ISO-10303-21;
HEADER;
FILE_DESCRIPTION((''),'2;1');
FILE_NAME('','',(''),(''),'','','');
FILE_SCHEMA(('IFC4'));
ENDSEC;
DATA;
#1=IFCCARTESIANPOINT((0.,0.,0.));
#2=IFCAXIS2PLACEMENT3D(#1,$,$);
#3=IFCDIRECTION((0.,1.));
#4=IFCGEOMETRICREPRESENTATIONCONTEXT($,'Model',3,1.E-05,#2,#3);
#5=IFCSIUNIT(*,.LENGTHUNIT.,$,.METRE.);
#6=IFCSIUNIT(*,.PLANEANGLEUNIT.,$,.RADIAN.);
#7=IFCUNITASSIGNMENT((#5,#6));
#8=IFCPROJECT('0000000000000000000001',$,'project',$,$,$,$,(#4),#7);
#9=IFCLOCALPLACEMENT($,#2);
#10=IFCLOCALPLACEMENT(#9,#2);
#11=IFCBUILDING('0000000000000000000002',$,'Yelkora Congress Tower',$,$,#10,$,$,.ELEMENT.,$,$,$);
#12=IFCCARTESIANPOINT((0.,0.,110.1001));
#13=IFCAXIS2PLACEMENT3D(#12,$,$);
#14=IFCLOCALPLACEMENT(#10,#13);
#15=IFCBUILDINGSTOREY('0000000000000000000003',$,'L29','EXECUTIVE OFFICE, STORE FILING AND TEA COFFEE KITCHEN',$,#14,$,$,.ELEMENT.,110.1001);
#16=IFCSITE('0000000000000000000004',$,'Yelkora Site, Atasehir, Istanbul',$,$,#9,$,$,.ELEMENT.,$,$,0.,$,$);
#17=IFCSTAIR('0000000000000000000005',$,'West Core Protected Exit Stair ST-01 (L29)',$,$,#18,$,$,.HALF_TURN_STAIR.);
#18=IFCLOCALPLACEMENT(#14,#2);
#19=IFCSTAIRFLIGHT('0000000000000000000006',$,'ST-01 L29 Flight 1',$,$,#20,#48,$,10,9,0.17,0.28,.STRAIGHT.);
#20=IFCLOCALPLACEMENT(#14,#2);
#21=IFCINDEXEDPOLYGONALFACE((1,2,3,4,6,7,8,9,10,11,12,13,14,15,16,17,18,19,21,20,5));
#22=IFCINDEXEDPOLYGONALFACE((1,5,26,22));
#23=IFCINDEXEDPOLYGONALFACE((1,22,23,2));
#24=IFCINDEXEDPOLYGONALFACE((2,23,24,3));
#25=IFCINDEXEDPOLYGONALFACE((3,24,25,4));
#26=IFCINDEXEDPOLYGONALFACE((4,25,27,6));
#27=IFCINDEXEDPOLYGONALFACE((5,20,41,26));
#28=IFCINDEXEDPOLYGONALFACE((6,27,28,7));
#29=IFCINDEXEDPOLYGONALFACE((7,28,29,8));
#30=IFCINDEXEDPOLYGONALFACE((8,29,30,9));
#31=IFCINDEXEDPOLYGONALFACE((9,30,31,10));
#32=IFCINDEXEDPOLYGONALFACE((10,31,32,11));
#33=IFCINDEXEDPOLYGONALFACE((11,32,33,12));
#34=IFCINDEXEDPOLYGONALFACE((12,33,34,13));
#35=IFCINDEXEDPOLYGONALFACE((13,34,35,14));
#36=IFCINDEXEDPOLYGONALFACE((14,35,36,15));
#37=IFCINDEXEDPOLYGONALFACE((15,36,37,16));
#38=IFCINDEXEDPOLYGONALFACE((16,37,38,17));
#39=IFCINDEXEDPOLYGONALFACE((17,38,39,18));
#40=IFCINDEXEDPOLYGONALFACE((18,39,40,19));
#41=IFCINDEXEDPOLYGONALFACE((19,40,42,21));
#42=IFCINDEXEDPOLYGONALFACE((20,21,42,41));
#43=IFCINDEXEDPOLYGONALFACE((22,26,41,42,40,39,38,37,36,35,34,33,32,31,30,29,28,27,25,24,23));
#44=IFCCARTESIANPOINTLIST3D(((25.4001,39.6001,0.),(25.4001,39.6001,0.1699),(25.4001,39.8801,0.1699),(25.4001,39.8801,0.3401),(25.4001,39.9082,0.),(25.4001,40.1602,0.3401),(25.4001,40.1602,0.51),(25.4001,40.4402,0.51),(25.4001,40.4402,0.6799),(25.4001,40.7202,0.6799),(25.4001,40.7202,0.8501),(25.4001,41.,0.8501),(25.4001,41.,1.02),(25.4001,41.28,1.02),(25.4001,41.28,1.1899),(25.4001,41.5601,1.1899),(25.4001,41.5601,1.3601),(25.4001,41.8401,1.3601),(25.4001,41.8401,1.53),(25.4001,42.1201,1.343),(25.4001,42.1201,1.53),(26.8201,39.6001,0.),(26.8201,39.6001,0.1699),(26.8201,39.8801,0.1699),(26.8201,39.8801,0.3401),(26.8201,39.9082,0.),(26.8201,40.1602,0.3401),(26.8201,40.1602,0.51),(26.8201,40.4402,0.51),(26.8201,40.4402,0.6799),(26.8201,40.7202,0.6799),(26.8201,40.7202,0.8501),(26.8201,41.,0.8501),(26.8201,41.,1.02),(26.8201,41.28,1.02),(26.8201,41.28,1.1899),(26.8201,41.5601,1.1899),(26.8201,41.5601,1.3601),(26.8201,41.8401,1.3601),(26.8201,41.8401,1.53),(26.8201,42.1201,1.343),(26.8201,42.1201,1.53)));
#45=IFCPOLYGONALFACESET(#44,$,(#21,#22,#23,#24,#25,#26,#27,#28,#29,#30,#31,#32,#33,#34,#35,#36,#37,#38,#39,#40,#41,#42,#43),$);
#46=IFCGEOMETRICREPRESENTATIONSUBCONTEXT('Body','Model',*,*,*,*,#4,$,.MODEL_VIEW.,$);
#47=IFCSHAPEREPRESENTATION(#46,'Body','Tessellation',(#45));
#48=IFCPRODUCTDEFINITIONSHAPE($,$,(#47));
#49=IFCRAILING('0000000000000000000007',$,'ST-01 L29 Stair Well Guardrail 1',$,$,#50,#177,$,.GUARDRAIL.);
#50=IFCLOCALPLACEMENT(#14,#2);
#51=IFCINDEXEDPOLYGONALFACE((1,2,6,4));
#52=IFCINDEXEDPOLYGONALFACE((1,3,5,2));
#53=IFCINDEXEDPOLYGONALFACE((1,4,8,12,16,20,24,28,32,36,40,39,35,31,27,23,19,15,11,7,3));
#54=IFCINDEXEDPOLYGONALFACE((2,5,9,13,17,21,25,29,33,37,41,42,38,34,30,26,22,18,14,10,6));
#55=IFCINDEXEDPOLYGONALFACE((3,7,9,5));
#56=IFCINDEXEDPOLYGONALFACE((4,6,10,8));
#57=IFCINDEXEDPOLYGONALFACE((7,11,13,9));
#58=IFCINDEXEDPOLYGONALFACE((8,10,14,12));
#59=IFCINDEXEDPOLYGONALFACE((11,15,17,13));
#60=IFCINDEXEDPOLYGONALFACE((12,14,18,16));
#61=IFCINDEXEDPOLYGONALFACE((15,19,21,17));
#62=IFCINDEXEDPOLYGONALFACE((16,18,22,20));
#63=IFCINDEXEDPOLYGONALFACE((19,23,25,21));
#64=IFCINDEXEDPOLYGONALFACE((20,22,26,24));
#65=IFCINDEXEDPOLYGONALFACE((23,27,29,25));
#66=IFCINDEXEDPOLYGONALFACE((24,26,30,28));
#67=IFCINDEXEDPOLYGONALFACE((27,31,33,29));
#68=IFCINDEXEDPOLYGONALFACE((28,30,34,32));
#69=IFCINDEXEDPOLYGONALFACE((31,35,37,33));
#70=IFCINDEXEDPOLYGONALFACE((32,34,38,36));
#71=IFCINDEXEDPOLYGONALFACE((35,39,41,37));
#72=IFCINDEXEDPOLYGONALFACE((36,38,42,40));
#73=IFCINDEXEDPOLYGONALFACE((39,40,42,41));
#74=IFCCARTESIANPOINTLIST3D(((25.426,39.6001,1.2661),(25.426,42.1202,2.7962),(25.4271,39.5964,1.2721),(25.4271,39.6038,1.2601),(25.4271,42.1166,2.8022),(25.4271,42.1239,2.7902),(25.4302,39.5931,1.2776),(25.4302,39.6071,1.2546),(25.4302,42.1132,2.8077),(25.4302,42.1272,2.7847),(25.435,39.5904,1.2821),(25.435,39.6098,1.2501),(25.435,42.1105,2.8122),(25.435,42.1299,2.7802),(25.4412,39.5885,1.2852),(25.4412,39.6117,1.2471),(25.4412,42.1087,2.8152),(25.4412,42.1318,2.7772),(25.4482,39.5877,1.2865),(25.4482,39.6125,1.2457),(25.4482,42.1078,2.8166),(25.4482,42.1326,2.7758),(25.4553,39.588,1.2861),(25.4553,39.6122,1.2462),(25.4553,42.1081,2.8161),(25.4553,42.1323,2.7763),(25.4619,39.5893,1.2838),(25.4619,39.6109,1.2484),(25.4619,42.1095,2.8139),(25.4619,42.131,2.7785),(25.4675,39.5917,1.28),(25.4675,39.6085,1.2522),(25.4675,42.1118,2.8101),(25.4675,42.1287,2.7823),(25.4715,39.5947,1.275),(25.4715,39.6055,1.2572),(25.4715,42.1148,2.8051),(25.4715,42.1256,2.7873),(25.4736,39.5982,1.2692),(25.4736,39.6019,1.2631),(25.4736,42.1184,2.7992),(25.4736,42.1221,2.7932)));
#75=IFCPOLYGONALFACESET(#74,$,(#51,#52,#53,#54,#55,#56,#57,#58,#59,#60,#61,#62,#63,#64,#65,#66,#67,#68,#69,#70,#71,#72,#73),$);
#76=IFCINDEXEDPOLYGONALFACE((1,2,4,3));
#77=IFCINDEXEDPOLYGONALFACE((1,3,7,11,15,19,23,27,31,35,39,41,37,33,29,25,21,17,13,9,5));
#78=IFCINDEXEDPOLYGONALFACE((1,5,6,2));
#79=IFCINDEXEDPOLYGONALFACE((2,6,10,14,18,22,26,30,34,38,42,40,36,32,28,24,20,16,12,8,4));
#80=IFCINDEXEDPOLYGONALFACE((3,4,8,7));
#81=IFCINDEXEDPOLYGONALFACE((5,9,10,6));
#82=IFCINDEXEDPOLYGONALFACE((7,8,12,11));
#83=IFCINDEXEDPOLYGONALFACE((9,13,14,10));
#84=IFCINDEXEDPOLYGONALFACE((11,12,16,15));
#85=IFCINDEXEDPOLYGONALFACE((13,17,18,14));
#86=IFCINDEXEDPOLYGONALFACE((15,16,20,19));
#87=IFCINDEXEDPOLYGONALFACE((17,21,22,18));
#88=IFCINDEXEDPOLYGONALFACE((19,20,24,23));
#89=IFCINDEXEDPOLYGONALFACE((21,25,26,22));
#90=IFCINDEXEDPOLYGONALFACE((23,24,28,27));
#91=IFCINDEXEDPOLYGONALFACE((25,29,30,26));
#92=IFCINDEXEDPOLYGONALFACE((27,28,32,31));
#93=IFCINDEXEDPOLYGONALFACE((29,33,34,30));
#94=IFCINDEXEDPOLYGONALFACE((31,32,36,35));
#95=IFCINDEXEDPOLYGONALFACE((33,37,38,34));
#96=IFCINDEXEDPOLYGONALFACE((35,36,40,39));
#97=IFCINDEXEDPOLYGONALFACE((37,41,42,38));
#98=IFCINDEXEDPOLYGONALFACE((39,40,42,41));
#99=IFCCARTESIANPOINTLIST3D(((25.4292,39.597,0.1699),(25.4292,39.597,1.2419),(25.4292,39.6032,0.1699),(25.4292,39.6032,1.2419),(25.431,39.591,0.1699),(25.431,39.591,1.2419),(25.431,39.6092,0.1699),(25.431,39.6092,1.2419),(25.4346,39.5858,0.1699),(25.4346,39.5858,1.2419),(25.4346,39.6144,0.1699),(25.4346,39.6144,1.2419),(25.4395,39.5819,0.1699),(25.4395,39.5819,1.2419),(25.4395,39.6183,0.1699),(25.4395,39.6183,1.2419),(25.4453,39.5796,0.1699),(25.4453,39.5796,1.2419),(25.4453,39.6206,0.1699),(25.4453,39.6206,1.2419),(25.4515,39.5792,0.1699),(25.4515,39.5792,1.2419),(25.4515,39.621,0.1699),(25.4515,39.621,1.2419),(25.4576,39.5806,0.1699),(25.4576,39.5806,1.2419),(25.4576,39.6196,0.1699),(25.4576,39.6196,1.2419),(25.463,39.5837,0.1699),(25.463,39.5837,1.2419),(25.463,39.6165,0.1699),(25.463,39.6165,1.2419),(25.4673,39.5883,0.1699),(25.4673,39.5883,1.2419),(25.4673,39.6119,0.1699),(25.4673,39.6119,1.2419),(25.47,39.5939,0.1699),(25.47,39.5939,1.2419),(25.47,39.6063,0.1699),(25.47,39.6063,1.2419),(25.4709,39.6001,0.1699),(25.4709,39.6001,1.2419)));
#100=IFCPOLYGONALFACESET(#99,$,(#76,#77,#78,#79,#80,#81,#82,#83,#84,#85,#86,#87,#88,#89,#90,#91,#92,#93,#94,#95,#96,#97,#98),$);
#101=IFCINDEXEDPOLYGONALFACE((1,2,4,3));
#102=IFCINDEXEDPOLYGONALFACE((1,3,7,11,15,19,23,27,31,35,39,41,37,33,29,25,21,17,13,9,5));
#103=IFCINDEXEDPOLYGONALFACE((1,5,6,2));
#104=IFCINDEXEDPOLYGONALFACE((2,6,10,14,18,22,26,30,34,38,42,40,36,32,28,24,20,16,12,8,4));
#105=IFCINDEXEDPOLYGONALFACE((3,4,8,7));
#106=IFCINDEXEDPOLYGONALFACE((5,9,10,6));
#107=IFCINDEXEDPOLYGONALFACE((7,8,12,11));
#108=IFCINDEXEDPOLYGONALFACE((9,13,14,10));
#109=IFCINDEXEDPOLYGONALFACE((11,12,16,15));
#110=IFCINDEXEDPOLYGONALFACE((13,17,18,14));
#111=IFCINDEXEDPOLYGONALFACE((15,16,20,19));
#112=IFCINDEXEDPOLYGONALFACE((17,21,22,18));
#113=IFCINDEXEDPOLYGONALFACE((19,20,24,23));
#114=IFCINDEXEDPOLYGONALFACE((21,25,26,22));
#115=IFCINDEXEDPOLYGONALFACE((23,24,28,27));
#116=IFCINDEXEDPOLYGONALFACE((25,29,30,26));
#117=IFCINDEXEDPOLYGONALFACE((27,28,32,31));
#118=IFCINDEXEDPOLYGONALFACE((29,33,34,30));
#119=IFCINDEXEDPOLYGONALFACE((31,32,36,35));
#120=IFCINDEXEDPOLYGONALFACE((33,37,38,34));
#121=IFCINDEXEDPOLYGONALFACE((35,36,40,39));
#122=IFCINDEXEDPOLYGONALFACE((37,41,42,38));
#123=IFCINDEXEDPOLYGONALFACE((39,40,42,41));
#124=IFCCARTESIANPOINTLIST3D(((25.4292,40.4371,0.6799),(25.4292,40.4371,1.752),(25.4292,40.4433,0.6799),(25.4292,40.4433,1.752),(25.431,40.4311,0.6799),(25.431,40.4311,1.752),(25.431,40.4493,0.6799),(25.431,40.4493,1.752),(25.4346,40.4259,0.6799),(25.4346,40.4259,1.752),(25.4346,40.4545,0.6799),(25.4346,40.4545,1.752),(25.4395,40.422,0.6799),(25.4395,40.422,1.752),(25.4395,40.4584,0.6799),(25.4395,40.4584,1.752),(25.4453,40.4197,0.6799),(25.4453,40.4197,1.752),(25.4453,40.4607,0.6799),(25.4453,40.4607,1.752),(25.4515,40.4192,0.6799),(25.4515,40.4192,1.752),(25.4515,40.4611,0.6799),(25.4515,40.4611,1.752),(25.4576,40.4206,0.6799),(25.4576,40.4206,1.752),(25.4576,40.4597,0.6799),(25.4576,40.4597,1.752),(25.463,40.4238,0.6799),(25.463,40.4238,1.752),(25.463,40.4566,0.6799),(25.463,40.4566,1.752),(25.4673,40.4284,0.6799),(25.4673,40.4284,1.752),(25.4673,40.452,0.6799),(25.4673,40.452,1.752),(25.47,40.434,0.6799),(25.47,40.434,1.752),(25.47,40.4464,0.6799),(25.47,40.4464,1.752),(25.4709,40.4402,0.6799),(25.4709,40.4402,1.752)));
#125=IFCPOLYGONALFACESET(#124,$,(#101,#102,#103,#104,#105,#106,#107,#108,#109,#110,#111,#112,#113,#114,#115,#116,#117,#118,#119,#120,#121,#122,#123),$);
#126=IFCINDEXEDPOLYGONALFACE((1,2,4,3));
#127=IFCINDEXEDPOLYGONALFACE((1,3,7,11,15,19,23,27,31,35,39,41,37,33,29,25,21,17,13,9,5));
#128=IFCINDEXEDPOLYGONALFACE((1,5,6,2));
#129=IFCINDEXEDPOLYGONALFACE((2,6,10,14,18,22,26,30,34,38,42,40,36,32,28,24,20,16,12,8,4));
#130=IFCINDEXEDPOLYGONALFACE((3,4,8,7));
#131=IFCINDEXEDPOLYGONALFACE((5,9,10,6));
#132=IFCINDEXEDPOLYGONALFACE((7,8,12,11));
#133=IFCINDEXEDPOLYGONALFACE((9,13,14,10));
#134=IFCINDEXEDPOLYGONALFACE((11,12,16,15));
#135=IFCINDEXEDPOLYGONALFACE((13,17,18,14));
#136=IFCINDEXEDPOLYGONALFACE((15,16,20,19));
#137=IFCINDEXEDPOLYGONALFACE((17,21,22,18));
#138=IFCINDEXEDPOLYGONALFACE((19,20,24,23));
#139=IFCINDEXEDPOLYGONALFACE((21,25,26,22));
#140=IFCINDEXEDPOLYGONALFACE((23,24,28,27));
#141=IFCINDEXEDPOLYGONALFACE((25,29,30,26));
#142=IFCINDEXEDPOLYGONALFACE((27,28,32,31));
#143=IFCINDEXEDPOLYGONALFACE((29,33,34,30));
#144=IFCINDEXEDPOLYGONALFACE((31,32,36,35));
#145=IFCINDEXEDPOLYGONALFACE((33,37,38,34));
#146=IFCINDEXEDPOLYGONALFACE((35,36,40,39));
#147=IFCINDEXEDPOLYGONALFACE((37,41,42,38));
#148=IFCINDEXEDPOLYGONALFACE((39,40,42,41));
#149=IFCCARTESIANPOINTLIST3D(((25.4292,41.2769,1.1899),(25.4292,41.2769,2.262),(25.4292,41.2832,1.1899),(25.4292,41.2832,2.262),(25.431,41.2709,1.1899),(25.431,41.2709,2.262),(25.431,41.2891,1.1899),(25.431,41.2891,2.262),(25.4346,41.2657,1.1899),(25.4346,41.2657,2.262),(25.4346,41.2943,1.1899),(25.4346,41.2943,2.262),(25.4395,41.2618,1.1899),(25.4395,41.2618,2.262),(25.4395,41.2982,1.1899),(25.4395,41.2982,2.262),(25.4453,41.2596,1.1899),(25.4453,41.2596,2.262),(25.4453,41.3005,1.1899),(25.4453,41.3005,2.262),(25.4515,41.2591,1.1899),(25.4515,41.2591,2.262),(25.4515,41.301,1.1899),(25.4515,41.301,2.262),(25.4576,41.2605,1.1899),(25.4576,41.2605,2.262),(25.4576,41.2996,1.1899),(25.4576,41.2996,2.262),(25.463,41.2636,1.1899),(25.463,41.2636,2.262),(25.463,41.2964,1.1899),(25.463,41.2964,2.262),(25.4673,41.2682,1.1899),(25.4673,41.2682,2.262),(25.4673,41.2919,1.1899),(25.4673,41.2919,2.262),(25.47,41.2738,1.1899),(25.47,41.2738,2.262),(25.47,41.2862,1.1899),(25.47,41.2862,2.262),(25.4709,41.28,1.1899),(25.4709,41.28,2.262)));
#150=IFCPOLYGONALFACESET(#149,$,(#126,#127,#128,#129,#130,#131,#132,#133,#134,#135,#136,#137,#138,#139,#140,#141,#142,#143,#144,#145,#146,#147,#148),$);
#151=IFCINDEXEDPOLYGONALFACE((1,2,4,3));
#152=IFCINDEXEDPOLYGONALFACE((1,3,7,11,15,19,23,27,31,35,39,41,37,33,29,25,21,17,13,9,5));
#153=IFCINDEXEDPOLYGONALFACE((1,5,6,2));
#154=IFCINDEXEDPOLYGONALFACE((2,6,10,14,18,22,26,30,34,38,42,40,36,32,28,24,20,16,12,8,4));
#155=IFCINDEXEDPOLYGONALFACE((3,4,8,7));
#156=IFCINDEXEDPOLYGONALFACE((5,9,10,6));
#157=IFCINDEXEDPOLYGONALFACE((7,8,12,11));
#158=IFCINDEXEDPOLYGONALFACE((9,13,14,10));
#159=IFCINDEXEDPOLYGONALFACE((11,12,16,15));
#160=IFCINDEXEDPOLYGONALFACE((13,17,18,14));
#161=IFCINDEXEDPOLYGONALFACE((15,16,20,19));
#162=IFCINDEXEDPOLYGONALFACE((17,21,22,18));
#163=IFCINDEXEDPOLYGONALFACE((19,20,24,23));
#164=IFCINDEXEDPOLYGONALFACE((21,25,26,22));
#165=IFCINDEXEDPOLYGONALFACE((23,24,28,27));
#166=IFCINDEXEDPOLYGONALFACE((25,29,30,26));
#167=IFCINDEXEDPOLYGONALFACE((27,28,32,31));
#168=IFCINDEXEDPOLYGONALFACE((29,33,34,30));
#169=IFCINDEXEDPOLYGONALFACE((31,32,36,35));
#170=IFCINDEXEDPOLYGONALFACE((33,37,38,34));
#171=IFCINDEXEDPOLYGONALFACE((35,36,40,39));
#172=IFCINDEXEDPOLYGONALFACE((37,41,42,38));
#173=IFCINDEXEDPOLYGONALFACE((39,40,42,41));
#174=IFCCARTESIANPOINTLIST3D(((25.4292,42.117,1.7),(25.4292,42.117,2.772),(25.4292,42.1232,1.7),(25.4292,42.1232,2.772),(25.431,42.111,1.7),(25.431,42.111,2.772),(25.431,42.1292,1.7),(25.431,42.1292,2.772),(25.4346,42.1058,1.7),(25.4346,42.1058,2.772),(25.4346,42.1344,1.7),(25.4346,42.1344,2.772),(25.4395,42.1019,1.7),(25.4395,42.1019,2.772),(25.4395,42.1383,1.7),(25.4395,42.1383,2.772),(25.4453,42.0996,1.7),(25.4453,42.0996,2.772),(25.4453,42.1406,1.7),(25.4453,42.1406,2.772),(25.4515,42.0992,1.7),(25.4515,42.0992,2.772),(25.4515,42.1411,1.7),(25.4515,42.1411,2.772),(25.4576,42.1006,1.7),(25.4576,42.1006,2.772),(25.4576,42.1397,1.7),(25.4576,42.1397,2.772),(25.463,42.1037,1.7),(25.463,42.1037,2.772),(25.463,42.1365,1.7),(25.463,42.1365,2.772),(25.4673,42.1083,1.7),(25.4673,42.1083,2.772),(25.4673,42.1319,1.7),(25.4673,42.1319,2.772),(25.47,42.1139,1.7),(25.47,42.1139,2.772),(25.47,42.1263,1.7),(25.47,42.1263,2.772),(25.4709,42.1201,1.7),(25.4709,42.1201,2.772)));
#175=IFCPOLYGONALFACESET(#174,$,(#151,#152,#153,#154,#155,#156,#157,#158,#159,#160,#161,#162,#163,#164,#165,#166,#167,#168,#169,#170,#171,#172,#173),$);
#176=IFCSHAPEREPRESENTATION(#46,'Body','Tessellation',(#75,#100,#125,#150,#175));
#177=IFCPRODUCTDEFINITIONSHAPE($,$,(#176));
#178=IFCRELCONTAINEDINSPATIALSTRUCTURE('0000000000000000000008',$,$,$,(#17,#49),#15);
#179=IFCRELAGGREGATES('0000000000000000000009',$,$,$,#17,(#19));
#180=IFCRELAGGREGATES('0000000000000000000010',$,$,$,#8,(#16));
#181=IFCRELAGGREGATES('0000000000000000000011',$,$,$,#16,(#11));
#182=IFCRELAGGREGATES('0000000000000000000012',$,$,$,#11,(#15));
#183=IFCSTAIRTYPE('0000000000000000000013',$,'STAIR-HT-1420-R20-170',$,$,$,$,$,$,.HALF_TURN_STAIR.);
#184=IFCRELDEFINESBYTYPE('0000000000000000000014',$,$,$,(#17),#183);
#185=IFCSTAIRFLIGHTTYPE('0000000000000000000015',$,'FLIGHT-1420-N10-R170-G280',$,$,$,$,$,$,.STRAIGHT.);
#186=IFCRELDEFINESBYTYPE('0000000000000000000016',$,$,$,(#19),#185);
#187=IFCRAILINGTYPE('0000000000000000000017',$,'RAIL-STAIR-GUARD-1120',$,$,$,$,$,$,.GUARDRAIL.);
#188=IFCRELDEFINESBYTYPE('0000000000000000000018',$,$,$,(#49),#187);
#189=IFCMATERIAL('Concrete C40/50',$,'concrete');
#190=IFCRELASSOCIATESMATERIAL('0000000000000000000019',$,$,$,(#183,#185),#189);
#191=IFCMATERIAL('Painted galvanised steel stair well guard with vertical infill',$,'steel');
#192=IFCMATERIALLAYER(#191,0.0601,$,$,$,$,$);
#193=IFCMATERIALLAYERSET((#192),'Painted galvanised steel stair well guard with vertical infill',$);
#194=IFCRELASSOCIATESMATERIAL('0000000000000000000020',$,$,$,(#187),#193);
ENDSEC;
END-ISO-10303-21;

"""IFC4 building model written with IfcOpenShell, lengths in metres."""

from ifc_helpers import new_model, si_unit, direction, frame, origin, origin_2d, place, context, subcontext, project, spatial, polyline, circle, outline, extrude, material, layer, layer_set, type_object, element, aggregate, save


model = new_model("IFC4")

# Units and contexts
model_context = context("Model", 3, precision=1e-05, world=origin(), true_north=direction((0.0, 1.0)))
body_context = subcontext(model_context, "Body", "Model", "MODEL_VIEW")
ifc_project = project(units=[si_unit("LENGTHUNIT", "METRE"), si_unit("PLANEANGLEUNIT", "RADIAN")], contexts=[model_context])

# Site, building, storey
site_placement = place(None, origin())
site = spatial("IfcSite", under=ifc_project, at=site_placement, Name="Yelkora Site, Atasehir, Istanbul", CompositionType="ELEMENT", RefElevation=0.0)
building_placement = place(site_placement, origin())
building = spatial("IfcBuilding", under=site, at=building_placement, Name="Yelkora Congress Tower", CompositionType="ELEMENT")
storey_placement = place(building_placement, frame((0.0, 0.0, 110.1001)))
storey = spatial("IfcBuildingStorey", under=building, at=storey_placement, Name="L29", Description="EXECUTIVE OFFICE, STORE FILING AND TEA COFFEE KITCHEN", CompositionType="ELEMENT", Elevation=110.1001)

# Stair, stair flight
ifc_material_1 = material(Name="Concrete C40/50", Category="concrete")
stair_type = type_object("IfcStairType", Name="STAIR-HT-1420-R20-170", PredefinedType="HALF_TURN_STAIR", material=ifc_material_1)
stair_placement = place(storey_placement, origin())
stair = element("IfcStair", 1, at=stair_placement, inside=storey, type_object=stair_type, Name="West Core Protected Exit Stair ST-01 (L29)", PredefinedType="HALF_TURN_STAIR")
stair_flight_type = type_object("IfcStairFlightType", Name="FLIGHT-1420-N10-R170-G280", PredefinedType="STRAIGHT", material=ifc_material_1)
stair_flight_placement = place(storey_placement, frame((26.1101, 39.6001, 0.0), z_axis=(0.0, 0.0, 1.0), x_axis=(0.0, 1.0, 0.0)))
stair_flight = element("IfcStairFlight", 2, at=stair_flight_placement, type_object=stair_flight_type, Name="ST-01 L29 Flight 1", NumberOfRisers=10, NumberOfTreads=9, PredefinedType="STRAIGHT", RiserHeight=0.17, TreadLength=0.28, context=body_context, shape_type="SweptSolid", body=[
    extrude(outline(polyline([(0.0, 0.0), (0.0, 0.1699), (0.28, 0.1699), (0.28, 0.3401), (0.5601, 0.3401), (0.5601, 0.51), (0.8401, 0.51), (0.8401, 0.6799), (1.1201, 0.6799), (1.1201, 0.8501), (1.3999, 0.8501), (1.3999, 1.02), (1.6799, 1.02), (1.6799, 1.1899), (1.96, 1.1899), (1.96, 1.3601), (2.24, 1.3601), (2.24, 1.53), (2.52, 1.53), (2.52, 1.7), (2.52, 1.343), (0.3081, 0.0), (0.0, 0.0)])), frame((0.0, 0.71, 0.0), z_axis=(0.0, -1.0, 0.0), x_axis=(1.0, 0.0, 0.0)), (0.0, 0.0, 1.0), 1.4199),
])
aggregate(stair, [stair_flight])

# Railing
ifc_material_2 = material(Name="Painted galvanised steel stair well guard with vertical infill", Category="steel")
ifc_layer_1 = layer(ifc_material_2, 0.0601)
ifc_layer_set_1 = layer_set([ifc_layer_1], Name="Painted galvanised steel stair well guard with vertical infill")
railing_type_1 = type_object("IfcRailingType", Name="RAIL-STAIR-GUARD-1120", PredefinedType="GUARDRAIL", material=ifc_layer_set_1)
railing_1_placement = place(storey_placement, frame((25.45, 39.6001, 0.1699)))
element("IfcRailing", 3, at=railing_1_placement, inside=storey, type_object=railing_type_1, Name="ST-01 L29 Stair Well Guardrail 1", PredefinedType="GUARDRAIL", context=body_context, shape_type="SweptSolid", body=[
    extrude(circle(Radius=0.0239, at=origin_2d()), frame((0.0, 0.0, 1.0962), z_axis=(0.0, 0.854785, 0.518982), x_axis=(-1.0, 0.0, 0.0)), (0.0, 0.0, 1.0), 2.9482),
    extrude(circle(Radius=0.021, at=origin_2d()), origin(), (0.0, 0.0, 1.0), 1.072),
    extrude(circle(Radius=0.021, at=origin_2d()), frame((0.0, 0.8401, 0.51)), (0.0, 0.0, 1.0), 1.072),
    extrude(circle(Radius=0.021, at=origin_2d()), frame((0.0, 1.6799, 1.02)), (0.0, 0.0, 1.0), 1.072),
    extrude(circle(Radius=0.021, at=origin_2d()), frame((0.0, 2.52, 1.53)), (0.0, 0.0, 1.0), 1.072),
])

save(model, "model.ifc")
